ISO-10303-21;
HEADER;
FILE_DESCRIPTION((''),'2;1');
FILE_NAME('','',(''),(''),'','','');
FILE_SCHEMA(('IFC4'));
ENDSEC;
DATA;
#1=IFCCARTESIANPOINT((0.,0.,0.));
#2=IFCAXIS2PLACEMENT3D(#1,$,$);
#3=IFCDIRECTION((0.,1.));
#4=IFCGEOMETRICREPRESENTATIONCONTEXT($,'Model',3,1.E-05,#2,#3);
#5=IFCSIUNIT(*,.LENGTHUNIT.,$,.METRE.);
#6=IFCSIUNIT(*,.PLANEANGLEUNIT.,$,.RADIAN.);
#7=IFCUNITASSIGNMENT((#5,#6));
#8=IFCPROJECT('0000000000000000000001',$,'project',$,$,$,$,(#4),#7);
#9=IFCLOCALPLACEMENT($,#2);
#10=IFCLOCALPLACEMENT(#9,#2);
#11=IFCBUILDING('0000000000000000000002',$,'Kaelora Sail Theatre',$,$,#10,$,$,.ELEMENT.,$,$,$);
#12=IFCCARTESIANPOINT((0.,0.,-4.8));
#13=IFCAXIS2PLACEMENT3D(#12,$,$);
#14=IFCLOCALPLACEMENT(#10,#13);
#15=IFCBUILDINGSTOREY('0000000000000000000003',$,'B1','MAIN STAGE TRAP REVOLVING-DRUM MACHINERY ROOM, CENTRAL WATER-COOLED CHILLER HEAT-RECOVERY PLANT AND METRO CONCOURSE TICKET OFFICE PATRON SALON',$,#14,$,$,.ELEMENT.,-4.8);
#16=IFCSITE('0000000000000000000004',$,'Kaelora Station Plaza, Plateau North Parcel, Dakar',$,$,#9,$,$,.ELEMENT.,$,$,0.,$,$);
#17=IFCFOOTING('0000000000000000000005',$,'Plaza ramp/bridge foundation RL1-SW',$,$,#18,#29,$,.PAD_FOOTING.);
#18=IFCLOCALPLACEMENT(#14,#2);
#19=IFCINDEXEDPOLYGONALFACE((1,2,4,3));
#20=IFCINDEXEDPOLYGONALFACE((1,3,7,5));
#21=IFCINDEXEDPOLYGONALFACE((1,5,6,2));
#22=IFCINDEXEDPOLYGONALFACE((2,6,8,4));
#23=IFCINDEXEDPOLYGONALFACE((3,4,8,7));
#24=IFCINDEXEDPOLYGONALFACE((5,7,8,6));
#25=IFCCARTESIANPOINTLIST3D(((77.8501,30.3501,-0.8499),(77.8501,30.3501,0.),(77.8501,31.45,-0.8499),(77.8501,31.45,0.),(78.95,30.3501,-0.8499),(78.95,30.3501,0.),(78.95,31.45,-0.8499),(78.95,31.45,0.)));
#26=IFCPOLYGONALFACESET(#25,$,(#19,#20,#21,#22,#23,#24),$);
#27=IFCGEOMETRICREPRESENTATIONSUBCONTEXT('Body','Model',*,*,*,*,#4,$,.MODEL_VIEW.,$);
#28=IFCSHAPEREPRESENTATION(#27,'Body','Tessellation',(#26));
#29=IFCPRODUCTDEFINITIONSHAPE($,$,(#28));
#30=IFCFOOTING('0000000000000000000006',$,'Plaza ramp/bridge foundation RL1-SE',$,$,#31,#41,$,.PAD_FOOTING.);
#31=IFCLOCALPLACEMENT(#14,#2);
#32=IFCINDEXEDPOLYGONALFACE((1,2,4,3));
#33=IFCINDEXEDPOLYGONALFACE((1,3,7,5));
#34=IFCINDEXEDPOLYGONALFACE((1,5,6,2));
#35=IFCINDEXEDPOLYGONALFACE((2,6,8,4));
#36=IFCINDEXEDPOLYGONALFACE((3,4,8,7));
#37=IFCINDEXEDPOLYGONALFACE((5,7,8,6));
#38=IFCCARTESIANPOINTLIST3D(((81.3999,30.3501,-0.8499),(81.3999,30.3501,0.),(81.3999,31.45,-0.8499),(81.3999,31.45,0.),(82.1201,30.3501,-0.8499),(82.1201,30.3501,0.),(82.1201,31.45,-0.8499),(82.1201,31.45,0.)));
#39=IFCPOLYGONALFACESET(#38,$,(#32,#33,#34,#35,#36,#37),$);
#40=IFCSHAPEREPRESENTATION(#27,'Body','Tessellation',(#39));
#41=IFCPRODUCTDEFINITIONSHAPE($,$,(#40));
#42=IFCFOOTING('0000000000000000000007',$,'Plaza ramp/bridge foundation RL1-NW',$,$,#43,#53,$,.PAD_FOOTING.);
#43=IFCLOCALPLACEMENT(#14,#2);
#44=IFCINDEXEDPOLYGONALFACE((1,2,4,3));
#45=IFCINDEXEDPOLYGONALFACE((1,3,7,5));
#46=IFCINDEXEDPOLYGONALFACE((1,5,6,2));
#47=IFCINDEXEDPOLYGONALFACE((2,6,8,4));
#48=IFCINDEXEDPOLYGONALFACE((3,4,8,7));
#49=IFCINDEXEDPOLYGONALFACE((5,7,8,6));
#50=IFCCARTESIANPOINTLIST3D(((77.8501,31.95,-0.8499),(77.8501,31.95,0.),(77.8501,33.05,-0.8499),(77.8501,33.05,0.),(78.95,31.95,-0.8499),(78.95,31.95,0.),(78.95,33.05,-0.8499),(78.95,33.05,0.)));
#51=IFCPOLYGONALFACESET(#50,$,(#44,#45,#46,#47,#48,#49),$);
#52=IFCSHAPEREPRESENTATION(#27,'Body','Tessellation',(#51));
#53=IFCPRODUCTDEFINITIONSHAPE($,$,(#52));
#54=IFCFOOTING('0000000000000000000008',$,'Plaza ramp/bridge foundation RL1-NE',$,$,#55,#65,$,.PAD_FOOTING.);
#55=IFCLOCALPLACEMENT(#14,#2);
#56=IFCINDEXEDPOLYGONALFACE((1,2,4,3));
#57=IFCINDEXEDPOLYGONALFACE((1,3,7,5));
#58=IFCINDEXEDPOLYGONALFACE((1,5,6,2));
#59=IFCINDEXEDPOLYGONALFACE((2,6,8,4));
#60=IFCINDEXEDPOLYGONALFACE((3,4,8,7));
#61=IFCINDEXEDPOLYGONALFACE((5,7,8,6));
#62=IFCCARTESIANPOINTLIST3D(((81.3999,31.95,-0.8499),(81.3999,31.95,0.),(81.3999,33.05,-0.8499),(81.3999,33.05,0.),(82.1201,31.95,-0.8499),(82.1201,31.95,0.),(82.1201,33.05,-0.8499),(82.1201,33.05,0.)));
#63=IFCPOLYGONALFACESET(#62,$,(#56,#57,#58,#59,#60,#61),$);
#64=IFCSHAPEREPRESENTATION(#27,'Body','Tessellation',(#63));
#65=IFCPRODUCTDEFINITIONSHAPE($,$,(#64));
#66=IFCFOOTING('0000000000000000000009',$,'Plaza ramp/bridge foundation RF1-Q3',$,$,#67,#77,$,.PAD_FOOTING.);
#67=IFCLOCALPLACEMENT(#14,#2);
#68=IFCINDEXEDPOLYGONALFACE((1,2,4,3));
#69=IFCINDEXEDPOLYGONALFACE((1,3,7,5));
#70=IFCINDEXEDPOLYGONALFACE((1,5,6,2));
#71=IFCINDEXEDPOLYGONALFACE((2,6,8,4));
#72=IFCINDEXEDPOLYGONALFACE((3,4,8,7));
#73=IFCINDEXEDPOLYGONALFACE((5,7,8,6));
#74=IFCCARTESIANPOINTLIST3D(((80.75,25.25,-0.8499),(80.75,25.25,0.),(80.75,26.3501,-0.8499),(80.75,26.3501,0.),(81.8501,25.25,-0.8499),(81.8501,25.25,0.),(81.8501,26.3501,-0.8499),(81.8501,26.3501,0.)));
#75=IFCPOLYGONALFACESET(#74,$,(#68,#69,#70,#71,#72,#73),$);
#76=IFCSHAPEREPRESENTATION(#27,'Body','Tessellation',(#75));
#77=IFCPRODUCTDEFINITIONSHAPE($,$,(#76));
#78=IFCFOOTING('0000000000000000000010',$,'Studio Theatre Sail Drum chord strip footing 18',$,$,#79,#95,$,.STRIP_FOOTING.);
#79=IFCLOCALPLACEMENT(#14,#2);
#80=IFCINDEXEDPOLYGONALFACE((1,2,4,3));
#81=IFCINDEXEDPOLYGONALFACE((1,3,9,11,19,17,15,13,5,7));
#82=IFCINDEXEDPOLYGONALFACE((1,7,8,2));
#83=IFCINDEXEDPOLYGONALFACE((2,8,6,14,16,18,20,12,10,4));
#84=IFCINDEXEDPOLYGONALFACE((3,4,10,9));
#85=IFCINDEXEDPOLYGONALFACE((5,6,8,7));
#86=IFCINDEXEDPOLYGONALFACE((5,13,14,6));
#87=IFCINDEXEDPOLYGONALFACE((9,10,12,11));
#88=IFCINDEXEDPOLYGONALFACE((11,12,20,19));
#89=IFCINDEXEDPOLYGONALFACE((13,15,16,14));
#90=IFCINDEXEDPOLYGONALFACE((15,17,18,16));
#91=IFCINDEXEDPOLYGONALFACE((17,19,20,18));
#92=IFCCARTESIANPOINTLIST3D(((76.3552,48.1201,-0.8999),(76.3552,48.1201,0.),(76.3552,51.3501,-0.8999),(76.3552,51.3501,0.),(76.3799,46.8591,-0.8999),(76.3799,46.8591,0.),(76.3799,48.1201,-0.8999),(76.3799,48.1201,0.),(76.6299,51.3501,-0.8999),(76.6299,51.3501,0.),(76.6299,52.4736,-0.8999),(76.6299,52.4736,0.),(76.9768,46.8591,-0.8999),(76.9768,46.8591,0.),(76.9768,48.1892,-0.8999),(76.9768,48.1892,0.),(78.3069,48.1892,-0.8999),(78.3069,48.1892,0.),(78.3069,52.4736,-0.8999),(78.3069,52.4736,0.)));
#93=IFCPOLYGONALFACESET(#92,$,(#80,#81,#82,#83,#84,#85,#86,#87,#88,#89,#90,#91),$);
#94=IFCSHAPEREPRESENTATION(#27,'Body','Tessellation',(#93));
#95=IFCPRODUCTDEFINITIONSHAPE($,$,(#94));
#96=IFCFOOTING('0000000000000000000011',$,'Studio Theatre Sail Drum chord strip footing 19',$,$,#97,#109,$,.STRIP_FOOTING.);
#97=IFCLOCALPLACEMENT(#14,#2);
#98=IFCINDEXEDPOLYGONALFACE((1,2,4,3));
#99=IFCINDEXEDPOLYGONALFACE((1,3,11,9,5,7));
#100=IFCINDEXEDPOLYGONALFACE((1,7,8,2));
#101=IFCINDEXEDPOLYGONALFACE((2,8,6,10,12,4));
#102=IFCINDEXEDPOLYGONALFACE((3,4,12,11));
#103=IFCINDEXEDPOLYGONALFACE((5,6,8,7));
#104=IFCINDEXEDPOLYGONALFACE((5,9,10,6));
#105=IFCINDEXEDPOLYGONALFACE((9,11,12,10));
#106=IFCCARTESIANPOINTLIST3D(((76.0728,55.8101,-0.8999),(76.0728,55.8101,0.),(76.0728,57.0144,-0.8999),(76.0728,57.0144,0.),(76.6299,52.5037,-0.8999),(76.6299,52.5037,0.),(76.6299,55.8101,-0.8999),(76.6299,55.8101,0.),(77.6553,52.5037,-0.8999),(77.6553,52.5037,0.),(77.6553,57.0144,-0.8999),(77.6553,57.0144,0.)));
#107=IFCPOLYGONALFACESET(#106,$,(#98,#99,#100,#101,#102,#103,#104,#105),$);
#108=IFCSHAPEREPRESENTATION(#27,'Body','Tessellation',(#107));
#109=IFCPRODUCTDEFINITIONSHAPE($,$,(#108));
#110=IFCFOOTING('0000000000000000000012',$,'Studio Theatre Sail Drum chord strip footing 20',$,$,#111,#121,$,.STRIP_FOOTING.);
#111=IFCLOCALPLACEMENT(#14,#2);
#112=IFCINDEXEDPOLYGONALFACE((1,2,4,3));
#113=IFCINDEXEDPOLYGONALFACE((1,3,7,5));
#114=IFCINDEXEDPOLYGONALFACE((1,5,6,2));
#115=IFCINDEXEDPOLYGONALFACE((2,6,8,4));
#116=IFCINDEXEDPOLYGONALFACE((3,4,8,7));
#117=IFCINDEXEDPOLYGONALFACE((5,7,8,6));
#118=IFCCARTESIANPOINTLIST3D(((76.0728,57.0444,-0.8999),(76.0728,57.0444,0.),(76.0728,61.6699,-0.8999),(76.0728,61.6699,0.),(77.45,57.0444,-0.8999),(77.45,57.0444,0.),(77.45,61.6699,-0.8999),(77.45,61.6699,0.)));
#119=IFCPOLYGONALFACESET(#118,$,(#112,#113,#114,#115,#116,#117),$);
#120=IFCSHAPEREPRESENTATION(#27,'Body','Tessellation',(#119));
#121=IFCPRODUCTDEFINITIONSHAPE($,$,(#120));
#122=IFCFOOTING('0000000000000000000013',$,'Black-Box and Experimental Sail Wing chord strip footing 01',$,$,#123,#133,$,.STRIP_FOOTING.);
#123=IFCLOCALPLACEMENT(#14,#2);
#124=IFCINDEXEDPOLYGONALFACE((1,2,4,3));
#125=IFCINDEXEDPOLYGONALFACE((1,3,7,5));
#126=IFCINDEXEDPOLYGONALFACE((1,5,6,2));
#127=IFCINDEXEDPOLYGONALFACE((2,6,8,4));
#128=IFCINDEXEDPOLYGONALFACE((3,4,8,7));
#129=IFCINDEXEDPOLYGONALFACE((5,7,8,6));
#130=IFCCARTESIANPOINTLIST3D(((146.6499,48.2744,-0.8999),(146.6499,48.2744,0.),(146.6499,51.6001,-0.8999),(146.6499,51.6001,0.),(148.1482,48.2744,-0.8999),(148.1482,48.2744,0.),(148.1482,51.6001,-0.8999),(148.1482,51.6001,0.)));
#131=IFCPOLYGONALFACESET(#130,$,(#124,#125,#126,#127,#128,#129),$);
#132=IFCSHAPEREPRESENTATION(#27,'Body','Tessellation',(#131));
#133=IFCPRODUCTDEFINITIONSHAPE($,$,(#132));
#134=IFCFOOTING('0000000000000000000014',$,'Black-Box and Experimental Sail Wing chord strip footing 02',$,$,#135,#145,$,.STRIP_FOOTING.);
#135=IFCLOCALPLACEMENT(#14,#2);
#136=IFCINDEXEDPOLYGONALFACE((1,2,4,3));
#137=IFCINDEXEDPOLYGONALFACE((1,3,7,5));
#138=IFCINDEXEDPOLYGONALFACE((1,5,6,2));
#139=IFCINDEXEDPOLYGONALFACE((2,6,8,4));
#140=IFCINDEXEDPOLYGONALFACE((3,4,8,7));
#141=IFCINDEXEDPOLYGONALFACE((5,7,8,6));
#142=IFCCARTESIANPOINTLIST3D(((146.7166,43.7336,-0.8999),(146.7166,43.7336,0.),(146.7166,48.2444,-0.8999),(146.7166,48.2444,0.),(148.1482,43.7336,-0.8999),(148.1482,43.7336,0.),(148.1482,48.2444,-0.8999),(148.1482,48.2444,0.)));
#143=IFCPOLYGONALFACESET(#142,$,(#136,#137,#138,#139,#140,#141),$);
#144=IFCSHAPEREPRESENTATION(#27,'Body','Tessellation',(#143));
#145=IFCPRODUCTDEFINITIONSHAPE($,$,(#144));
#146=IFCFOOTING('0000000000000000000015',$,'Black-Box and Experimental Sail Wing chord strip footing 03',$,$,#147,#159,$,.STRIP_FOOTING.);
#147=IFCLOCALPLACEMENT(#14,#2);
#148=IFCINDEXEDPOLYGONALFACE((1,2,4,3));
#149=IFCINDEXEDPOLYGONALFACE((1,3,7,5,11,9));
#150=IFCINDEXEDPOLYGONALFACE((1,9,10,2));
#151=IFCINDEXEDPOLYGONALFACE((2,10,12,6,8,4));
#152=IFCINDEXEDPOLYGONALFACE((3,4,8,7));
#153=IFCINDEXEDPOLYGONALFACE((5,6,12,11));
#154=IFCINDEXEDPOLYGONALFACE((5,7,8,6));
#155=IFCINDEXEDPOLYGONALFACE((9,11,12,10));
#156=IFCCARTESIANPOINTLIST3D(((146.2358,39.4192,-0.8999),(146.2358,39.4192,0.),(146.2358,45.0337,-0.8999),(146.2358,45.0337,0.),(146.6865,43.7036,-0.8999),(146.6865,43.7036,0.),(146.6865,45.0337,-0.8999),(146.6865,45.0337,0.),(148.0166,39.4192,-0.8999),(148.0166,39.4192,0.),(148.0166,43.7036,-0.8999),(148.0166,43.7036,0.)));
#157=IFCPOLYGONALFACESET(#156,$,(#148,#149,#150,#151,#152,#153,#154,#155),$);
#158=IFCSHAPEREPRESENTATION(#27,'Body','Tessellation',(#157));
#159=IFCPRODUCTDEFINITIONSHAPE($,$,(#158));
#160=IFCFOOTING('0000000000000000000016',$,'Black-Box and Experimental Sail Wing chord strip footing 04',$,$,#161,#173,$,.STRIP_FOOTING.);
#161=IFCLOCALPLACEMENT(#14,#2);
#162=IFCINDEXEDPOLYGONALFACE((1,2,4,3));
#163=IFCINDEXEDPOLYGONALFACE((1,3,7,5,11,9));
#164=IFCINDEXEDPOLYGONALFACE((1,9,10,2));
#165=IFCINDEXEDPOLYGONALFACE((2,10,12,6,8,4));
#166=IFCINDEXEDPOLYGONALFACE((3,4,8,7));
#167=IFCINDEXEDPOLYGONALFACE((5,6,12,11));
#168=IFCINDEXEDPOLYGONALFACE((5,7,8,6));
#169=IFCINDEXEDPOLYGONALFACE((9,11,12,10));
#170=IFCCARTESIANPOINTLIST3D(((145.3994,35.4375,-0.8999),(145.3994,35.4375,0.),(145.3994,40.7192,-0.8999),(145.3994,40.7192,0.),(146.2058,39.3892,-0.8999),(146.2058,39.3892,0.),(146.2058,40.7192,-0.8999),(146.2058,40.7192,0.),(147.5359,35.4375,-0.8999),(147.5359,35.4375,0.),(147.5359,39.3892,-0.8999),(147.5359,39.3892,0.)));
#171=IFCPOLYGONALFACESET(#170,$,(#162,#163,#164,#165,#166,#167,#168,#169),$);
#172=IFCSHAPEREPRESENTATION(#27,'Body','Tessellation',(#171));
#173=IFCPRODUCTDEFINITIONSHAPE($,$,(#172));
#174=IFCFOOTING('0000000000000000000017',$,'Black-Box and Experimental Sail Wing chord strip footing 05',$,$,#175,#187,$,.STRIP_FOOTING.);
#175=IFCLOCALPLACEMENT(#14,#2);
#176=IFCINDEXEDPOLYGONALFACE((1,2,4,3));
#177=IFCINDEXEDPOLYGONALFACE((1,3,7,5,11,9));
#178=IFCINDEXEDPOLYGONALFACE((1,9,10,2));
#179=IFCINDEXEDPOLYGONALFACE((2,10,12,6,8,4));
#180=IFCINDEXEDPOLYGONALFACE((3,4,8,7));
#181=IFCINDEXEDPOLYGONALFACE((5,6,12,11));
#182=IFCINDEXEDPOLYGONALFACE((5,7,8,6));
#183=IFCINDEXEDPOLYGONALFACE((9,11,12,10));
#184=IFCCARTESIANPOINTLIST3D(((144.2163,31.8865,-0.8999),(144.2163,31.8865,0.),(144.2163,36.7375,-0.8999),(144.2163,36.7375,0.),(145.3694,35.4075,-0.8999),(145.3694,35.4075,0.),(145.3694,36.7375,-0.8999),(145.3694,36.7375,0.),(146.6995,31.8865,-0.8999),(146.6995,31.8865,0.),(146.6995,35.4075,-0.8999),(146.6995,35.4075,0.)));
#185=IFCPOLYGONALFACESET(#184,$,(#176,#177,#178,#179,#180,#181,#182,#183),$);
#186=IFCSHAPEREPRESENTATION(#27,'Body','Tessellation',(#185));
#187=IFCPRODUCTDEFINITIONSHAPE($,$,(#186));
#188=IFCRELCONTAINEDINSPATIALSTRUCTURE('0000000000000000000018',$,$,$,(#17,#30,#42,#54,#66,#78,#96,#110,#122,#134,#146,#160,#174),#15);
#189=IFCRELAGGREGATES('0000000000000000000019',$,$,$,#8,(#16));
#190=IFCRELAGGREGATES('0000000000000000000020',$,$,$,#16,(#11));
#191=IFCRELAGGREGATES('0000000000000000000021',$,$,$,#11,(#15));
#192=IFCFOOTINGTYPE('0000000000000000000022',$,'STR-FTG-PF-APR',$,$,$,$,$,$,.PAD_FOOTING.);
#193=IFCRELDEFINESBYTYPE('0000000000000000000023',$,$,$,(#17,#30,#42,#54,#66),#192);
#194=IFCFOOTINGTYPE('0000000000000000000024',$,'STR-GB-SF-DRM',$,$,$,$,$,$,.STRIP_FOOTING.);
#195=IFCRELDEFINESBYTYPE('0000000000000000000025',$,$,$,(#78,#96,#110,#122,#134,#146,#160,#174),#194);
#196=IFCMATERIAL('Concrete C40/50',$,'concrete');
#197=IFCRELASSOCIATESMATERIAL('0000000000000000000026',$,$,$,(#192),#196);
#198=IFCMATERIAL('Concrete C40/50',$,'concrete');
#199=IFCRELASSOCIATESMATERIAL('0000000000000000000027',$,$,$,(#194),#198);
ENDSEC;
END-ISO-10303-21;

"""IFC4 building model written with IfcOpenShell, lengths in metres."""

from ifc_helpers import new_model, si_unit, direction, frame, origin, place, context, subcontext, project, spatial, polyline, outline, extrude, material, type_object, element, save


model = new_model("IFC4")

# Units and contexts
model_context = context("Model", 3, precision=1e-05, world=origin(), true_north=direction((0.0, 1.0)))
body_context = subcontext(model_context, "Body", "Model", "MODEL_VIEW")
ifc_project = project(units=[si_unit("LENGTHUNIT", "METRE"), si_unit("PLANEANGLEUNIT", "RADIAN")], contexts=[model_context])

# Site, building, storey
site_placement = place(None, origin())
site = spatial("IfcSite", under=ifc_project, at=site_placement, Name="Kaelora Station Plaza, Plateau North Parcel, Dakar", CompositionType="ELEMENT", RefElevation=0.0)
building_placement = place(site_placement, origin())
building = spatial("IfcBuilding", under=site, at=building_placement, Name="Kaelora Sail Theatre", CompositionType="ELEMENT")
storey_placement = place(building_placement, frame((0.0, 0.0, -4.8)))
storey = spatial("IfcBuildingStorey", under=building, at=storey_placement, Name="B1", Description="MAIN STAGE TRAP REVOLVING-DRUM MACHINERY ROOM, CENTRAL WATER-COOLED CHILLER HEAT-RECOVERY PLANT AND METRO CONCOURSE TICKET OFFICE PATRON SALON", CompositionType="ELEMENT", Elevation=-4.8)

# Footings
ifc_material_1 = material(Name="Concrete C40/50", Category="concrete")
footing_type_1 = type_object("IfcFootingType", Name="STR-FTG-PF-APR", PredefinedType="PAD_FOOTING", material=ifc_material_1)
footing_1_placement = place(storey_placement, frame((0.0, 0.0, -0.8499)))
element("IfcFooting", 1, at=footing_1_placement, inside=storey, type_object=footing_type_1, Name="Plaza ramp/bridge foundation RL1-SW", PredefinedType="PAD_FOOTING", context=body_context, shape_type="SweptSolid", body=[
    extrude(outline(polyline([(77.8501, 31.45), (78.95, 31.45), (78.95, 30.3501), (77.8501, 30.3501), (77.8501, 31.45)])), origin(), (0.0, 0.0, 1.0), 0.8499),
])
footing_2_placement = place(storey_placement, frame((0.0, 0.0, -0.8499)))
element("IfcFooting", 2, at=footing_2_placement, inside=storey, type_object=footing_type_1, Name="Plaza ramp/bridge foundation RL1-SE", PredefinedType="PAD_FOOTING", context=body_context, shape_type="SweptSolid", body=[
    extrude(outline(polyline([(82.1201, 31.45), (82.1201, 30.3501), (81.3999, 30.3501), (81.3999, 31.45), (82.1201, 31.45)])), origin(), (0.0, 0.0, 1.0), 0.8499),
])
footing_3_placement = place(storey_placement, frame((0.0, 0.0, -0.8499)))
element("IfcFooting", 3, at=footing_3_placement, inside=storey, type_object=footing_type_1, Name="Plaza ramp/bridge foundation RL1-NW", PredefinedType="PAD_FOOTING", context=body_context, shape_type="SweptSolid", body=[
    extrude(outline(polyline([(78.95, 31.95), (77.8501, 31.95), (77.8501, 33.05), (78.95, 33.05), (78.95, 31.95)])), origin(), (0.0, 0.0, 1.0), 0.8499),
])
footing_4_placement = place(storey_placement, frame((0.0, 0.0, -0.8499)))
element("IfcFooting", 4, at=footing_4_placement, inside=storey, type_object=footing_type_1, Name="Plaza ramp/bridge foundation RL1-NE", PredefinedType="PAD_FOOTING", context=body_context, shape_type="SweptSolid", body=[
    extrude(outline(polyline([(81.3999, 31.95), (81.3999, 33.05), (82.1201, 33.05), (82.1201, 31.95), (81.3999, 31.95)])), origin(), (0.0, 0.0, 1.0), 0.8499),
])
footing_5_placement = place(storey_placement, frame((0.0, 0.0, -0.8499)))
element("IfcFooting", 5, at=footing_5_placement, inside=storey, type_object=footing_type_1, Name="Plaza ramp/bridge foundation RF1-Q3", PredefinedType="PAD_FOOTING", context=body_context, shape_type="SweptSolid", body=[
    extrude(outline(polyline([(80.75, 26.3501), (81.8501, 26.3501), (81.8501, 25.25), (80.75, 25.25), (80.75, 26.3501)])), origin(), (0.0, 0.0, 1.0), 0.8499),
])
ifc_material_2 = material(Name="Concrete C40/50", Category="concrete")
footing_type_2 = type_object("IfcFootingType", Name="STR-GB-SF-DRM", PredefinedType="STRIP_FOOTING", material=ifc_material_2)
footing_6_placement = place(storey_placement, frame((0.0, 0.0, -0.8999)))
element("IfcFooting", 6, at=footing_6_placement, inside=storey, type_object=footing_type_2, Name="Studio Theatre Sail Drum chord strip footing 18", PredefinedType="STRIP_FOOTING", context=body_context, shape_type="SweptSolid", body=[
    extrude(outline(polyline([(76.6299, 52.4736), (78.3069, 52.4736), (78.3069, 48.1892), (76.9768, 48.1892), (76.9768, 46.8591), (76.3799, 46.8591), (76.3799, 48.1201), (76.3552, 48.1201), (76.3552, 51.3501), (76.6299, 51.3501), (76.6299, 52.4736)])), origin(), (0.0, 0.0, 1.0), 0.8999),
])
footing_7_placement = place(storey_placement, frame((0.0, 0.0, -0.8999)))
element("IfcFooting", 7, at=footing_7_placement, inside=storey, type_object=footing_type_2, Name="Studio Theatre Sail Drum chord strip footing 19", PredefinedType="STRIP_FOOTING", context=body_context, shape_type="SweptSolid", body=[
    extrude(outline(polyline([(77.6553, 57.0144), (77.6553, 52.5037), (76.6299, 52.5037), (76.6299, 55.8101), (76.0728, 55.8101), (76.0728, 57.0144), (77.6553, 57.0144)])), origin(), (0.0, 0.0, 1.0), 0.8999),
])
footing_8_placement = place(storey_placement, frame((0.0, 0.0, -0.8999)))
element("IfcFooting", 8, at=footing_8_placement, inside=storey, type_object=footing_type_2, Name="Studio Theatre Sail Drum chord strip footing 20", PredefinedType="STRIP_FOOTING", context=body_context, shape_type="SweptSolid", body=[
    extrude(outline(polyline([(76.0728, 61.6699), (77.45, 61.6699), (77.45, 57.0444), (76.0728, 57.0444), (76.0728, 61.6699)])), origin(), (0.0, 0.0, 1.0), 0.8999),
])
footing_9_placement = place(storey_placement, frame((0.0, 0.0, -0.8999)))
element("IfcFooting", 9, at=footing_9_placement, inside=storey, type_object=footing_type_2, Name="Black-Box and Experimental Sail Wing chord strip footing 01", PredefinedType="STRIP_FOOTING", context=body_context, shape_type="SweptSolid", body=[
    extrude(outline(polyline([(146.6499, 48.2744), (146.6499, 51.6001), (148.1482, 51.6001), (148.1482, 48.2744), (146.6499, 48.2744)])), origin(), (0.0, 0.0, 1.0), 0.8999),
])
footing_10_placement = place(storey_placement, frame((0.0, 0.0, -0.8999)))
element("IfcFooting", 10, at=footing_10_placement, inside=storey, type_object=footing_type_2, Name="Black-Box and Experimental Sail Wing chord strip footing 02", PredefinedType="STRIP_FOOTING", context=body_context, shape_type="SweptSolid", body=[
    extrude(outline(polyline([(146.7166, 48.2444), (148.1482, 48.2444), (148.1482, 43.7336), (146.7166, 43.7336), (146.7166, 48.2444)])), origin(), (0.0, 0.0, 1.0), 0.8999),
])
footing_11_placement = place(storey_placement, frame((0.0, 0.0, -0.8999)))
element("IfcFooting", 11, at=footing_11_placement, inside=storey, type_object=footing_type_2, Name="Black-Box and Experimental Sail Wing chord strip footing 03", PredefinedType="STRIP_FOOTING", context=body_context, shape_type="SweptSolid", body=[
    extrude(outline(polyline([(146.6865, 45.0337), (146.6865, 43.7036), (148.0166, 43.7036), (148.0166, 39.4192), (146.2358, 39.4192), (146.2358, 45.0337), (146.6865, 45.0337)])), origin(), (0.0, 0.0, 1.0), 0.8999),
])
footing_12_placement = place(storey_placement, frame((0.0, 0.0, -0.8999)))
element("IfcFooting", 12, at=footing_12_placement, inside=storey, type_object=footing_type_2, Name="Black-Box and Experimental Sail Wing chord strip footing 04", PredefinedType="STRIP_FOOTING", context=body_context, shape_type="SweptSolid", body=[
    extrude(outline(polyline([(147.5359, 35.4375), (145.3994, 35.4375), (145.3994, 40.7192), (146.2058, 40.7192), (146.2058, 39.3892), (147.5359, 39.3892), (147.5359, 35.4375)])), origin(), (0.0, 0.0, 1.0), 0.8999),
])
footing_13_placement = place(storey_placement, frame((0.0, 0.0, -0.8999)))
element("IfcFooting", 13, at=footing_13_placement, inside=storey, type_object=footing_type_2, Name="Black-Box and Experimental Sail Wing chord strip footing 05", PredefinedType="STRIP_FOOTING", context=body_context, shape_type="SweptSolid", body=[
    extrude(outline(polyline([(144.2163, 31.8865), (144.2163, 36.7375), (145.3694, 36.7375), (145.3694, 35.4075), (146.6995, 35.4075), (146.6995, 31.8865), (144.2163, 31.8865)])), origin(), (0.0, 0.0, 1.0), 0.8999),
])

save(model, "model.ifc")
